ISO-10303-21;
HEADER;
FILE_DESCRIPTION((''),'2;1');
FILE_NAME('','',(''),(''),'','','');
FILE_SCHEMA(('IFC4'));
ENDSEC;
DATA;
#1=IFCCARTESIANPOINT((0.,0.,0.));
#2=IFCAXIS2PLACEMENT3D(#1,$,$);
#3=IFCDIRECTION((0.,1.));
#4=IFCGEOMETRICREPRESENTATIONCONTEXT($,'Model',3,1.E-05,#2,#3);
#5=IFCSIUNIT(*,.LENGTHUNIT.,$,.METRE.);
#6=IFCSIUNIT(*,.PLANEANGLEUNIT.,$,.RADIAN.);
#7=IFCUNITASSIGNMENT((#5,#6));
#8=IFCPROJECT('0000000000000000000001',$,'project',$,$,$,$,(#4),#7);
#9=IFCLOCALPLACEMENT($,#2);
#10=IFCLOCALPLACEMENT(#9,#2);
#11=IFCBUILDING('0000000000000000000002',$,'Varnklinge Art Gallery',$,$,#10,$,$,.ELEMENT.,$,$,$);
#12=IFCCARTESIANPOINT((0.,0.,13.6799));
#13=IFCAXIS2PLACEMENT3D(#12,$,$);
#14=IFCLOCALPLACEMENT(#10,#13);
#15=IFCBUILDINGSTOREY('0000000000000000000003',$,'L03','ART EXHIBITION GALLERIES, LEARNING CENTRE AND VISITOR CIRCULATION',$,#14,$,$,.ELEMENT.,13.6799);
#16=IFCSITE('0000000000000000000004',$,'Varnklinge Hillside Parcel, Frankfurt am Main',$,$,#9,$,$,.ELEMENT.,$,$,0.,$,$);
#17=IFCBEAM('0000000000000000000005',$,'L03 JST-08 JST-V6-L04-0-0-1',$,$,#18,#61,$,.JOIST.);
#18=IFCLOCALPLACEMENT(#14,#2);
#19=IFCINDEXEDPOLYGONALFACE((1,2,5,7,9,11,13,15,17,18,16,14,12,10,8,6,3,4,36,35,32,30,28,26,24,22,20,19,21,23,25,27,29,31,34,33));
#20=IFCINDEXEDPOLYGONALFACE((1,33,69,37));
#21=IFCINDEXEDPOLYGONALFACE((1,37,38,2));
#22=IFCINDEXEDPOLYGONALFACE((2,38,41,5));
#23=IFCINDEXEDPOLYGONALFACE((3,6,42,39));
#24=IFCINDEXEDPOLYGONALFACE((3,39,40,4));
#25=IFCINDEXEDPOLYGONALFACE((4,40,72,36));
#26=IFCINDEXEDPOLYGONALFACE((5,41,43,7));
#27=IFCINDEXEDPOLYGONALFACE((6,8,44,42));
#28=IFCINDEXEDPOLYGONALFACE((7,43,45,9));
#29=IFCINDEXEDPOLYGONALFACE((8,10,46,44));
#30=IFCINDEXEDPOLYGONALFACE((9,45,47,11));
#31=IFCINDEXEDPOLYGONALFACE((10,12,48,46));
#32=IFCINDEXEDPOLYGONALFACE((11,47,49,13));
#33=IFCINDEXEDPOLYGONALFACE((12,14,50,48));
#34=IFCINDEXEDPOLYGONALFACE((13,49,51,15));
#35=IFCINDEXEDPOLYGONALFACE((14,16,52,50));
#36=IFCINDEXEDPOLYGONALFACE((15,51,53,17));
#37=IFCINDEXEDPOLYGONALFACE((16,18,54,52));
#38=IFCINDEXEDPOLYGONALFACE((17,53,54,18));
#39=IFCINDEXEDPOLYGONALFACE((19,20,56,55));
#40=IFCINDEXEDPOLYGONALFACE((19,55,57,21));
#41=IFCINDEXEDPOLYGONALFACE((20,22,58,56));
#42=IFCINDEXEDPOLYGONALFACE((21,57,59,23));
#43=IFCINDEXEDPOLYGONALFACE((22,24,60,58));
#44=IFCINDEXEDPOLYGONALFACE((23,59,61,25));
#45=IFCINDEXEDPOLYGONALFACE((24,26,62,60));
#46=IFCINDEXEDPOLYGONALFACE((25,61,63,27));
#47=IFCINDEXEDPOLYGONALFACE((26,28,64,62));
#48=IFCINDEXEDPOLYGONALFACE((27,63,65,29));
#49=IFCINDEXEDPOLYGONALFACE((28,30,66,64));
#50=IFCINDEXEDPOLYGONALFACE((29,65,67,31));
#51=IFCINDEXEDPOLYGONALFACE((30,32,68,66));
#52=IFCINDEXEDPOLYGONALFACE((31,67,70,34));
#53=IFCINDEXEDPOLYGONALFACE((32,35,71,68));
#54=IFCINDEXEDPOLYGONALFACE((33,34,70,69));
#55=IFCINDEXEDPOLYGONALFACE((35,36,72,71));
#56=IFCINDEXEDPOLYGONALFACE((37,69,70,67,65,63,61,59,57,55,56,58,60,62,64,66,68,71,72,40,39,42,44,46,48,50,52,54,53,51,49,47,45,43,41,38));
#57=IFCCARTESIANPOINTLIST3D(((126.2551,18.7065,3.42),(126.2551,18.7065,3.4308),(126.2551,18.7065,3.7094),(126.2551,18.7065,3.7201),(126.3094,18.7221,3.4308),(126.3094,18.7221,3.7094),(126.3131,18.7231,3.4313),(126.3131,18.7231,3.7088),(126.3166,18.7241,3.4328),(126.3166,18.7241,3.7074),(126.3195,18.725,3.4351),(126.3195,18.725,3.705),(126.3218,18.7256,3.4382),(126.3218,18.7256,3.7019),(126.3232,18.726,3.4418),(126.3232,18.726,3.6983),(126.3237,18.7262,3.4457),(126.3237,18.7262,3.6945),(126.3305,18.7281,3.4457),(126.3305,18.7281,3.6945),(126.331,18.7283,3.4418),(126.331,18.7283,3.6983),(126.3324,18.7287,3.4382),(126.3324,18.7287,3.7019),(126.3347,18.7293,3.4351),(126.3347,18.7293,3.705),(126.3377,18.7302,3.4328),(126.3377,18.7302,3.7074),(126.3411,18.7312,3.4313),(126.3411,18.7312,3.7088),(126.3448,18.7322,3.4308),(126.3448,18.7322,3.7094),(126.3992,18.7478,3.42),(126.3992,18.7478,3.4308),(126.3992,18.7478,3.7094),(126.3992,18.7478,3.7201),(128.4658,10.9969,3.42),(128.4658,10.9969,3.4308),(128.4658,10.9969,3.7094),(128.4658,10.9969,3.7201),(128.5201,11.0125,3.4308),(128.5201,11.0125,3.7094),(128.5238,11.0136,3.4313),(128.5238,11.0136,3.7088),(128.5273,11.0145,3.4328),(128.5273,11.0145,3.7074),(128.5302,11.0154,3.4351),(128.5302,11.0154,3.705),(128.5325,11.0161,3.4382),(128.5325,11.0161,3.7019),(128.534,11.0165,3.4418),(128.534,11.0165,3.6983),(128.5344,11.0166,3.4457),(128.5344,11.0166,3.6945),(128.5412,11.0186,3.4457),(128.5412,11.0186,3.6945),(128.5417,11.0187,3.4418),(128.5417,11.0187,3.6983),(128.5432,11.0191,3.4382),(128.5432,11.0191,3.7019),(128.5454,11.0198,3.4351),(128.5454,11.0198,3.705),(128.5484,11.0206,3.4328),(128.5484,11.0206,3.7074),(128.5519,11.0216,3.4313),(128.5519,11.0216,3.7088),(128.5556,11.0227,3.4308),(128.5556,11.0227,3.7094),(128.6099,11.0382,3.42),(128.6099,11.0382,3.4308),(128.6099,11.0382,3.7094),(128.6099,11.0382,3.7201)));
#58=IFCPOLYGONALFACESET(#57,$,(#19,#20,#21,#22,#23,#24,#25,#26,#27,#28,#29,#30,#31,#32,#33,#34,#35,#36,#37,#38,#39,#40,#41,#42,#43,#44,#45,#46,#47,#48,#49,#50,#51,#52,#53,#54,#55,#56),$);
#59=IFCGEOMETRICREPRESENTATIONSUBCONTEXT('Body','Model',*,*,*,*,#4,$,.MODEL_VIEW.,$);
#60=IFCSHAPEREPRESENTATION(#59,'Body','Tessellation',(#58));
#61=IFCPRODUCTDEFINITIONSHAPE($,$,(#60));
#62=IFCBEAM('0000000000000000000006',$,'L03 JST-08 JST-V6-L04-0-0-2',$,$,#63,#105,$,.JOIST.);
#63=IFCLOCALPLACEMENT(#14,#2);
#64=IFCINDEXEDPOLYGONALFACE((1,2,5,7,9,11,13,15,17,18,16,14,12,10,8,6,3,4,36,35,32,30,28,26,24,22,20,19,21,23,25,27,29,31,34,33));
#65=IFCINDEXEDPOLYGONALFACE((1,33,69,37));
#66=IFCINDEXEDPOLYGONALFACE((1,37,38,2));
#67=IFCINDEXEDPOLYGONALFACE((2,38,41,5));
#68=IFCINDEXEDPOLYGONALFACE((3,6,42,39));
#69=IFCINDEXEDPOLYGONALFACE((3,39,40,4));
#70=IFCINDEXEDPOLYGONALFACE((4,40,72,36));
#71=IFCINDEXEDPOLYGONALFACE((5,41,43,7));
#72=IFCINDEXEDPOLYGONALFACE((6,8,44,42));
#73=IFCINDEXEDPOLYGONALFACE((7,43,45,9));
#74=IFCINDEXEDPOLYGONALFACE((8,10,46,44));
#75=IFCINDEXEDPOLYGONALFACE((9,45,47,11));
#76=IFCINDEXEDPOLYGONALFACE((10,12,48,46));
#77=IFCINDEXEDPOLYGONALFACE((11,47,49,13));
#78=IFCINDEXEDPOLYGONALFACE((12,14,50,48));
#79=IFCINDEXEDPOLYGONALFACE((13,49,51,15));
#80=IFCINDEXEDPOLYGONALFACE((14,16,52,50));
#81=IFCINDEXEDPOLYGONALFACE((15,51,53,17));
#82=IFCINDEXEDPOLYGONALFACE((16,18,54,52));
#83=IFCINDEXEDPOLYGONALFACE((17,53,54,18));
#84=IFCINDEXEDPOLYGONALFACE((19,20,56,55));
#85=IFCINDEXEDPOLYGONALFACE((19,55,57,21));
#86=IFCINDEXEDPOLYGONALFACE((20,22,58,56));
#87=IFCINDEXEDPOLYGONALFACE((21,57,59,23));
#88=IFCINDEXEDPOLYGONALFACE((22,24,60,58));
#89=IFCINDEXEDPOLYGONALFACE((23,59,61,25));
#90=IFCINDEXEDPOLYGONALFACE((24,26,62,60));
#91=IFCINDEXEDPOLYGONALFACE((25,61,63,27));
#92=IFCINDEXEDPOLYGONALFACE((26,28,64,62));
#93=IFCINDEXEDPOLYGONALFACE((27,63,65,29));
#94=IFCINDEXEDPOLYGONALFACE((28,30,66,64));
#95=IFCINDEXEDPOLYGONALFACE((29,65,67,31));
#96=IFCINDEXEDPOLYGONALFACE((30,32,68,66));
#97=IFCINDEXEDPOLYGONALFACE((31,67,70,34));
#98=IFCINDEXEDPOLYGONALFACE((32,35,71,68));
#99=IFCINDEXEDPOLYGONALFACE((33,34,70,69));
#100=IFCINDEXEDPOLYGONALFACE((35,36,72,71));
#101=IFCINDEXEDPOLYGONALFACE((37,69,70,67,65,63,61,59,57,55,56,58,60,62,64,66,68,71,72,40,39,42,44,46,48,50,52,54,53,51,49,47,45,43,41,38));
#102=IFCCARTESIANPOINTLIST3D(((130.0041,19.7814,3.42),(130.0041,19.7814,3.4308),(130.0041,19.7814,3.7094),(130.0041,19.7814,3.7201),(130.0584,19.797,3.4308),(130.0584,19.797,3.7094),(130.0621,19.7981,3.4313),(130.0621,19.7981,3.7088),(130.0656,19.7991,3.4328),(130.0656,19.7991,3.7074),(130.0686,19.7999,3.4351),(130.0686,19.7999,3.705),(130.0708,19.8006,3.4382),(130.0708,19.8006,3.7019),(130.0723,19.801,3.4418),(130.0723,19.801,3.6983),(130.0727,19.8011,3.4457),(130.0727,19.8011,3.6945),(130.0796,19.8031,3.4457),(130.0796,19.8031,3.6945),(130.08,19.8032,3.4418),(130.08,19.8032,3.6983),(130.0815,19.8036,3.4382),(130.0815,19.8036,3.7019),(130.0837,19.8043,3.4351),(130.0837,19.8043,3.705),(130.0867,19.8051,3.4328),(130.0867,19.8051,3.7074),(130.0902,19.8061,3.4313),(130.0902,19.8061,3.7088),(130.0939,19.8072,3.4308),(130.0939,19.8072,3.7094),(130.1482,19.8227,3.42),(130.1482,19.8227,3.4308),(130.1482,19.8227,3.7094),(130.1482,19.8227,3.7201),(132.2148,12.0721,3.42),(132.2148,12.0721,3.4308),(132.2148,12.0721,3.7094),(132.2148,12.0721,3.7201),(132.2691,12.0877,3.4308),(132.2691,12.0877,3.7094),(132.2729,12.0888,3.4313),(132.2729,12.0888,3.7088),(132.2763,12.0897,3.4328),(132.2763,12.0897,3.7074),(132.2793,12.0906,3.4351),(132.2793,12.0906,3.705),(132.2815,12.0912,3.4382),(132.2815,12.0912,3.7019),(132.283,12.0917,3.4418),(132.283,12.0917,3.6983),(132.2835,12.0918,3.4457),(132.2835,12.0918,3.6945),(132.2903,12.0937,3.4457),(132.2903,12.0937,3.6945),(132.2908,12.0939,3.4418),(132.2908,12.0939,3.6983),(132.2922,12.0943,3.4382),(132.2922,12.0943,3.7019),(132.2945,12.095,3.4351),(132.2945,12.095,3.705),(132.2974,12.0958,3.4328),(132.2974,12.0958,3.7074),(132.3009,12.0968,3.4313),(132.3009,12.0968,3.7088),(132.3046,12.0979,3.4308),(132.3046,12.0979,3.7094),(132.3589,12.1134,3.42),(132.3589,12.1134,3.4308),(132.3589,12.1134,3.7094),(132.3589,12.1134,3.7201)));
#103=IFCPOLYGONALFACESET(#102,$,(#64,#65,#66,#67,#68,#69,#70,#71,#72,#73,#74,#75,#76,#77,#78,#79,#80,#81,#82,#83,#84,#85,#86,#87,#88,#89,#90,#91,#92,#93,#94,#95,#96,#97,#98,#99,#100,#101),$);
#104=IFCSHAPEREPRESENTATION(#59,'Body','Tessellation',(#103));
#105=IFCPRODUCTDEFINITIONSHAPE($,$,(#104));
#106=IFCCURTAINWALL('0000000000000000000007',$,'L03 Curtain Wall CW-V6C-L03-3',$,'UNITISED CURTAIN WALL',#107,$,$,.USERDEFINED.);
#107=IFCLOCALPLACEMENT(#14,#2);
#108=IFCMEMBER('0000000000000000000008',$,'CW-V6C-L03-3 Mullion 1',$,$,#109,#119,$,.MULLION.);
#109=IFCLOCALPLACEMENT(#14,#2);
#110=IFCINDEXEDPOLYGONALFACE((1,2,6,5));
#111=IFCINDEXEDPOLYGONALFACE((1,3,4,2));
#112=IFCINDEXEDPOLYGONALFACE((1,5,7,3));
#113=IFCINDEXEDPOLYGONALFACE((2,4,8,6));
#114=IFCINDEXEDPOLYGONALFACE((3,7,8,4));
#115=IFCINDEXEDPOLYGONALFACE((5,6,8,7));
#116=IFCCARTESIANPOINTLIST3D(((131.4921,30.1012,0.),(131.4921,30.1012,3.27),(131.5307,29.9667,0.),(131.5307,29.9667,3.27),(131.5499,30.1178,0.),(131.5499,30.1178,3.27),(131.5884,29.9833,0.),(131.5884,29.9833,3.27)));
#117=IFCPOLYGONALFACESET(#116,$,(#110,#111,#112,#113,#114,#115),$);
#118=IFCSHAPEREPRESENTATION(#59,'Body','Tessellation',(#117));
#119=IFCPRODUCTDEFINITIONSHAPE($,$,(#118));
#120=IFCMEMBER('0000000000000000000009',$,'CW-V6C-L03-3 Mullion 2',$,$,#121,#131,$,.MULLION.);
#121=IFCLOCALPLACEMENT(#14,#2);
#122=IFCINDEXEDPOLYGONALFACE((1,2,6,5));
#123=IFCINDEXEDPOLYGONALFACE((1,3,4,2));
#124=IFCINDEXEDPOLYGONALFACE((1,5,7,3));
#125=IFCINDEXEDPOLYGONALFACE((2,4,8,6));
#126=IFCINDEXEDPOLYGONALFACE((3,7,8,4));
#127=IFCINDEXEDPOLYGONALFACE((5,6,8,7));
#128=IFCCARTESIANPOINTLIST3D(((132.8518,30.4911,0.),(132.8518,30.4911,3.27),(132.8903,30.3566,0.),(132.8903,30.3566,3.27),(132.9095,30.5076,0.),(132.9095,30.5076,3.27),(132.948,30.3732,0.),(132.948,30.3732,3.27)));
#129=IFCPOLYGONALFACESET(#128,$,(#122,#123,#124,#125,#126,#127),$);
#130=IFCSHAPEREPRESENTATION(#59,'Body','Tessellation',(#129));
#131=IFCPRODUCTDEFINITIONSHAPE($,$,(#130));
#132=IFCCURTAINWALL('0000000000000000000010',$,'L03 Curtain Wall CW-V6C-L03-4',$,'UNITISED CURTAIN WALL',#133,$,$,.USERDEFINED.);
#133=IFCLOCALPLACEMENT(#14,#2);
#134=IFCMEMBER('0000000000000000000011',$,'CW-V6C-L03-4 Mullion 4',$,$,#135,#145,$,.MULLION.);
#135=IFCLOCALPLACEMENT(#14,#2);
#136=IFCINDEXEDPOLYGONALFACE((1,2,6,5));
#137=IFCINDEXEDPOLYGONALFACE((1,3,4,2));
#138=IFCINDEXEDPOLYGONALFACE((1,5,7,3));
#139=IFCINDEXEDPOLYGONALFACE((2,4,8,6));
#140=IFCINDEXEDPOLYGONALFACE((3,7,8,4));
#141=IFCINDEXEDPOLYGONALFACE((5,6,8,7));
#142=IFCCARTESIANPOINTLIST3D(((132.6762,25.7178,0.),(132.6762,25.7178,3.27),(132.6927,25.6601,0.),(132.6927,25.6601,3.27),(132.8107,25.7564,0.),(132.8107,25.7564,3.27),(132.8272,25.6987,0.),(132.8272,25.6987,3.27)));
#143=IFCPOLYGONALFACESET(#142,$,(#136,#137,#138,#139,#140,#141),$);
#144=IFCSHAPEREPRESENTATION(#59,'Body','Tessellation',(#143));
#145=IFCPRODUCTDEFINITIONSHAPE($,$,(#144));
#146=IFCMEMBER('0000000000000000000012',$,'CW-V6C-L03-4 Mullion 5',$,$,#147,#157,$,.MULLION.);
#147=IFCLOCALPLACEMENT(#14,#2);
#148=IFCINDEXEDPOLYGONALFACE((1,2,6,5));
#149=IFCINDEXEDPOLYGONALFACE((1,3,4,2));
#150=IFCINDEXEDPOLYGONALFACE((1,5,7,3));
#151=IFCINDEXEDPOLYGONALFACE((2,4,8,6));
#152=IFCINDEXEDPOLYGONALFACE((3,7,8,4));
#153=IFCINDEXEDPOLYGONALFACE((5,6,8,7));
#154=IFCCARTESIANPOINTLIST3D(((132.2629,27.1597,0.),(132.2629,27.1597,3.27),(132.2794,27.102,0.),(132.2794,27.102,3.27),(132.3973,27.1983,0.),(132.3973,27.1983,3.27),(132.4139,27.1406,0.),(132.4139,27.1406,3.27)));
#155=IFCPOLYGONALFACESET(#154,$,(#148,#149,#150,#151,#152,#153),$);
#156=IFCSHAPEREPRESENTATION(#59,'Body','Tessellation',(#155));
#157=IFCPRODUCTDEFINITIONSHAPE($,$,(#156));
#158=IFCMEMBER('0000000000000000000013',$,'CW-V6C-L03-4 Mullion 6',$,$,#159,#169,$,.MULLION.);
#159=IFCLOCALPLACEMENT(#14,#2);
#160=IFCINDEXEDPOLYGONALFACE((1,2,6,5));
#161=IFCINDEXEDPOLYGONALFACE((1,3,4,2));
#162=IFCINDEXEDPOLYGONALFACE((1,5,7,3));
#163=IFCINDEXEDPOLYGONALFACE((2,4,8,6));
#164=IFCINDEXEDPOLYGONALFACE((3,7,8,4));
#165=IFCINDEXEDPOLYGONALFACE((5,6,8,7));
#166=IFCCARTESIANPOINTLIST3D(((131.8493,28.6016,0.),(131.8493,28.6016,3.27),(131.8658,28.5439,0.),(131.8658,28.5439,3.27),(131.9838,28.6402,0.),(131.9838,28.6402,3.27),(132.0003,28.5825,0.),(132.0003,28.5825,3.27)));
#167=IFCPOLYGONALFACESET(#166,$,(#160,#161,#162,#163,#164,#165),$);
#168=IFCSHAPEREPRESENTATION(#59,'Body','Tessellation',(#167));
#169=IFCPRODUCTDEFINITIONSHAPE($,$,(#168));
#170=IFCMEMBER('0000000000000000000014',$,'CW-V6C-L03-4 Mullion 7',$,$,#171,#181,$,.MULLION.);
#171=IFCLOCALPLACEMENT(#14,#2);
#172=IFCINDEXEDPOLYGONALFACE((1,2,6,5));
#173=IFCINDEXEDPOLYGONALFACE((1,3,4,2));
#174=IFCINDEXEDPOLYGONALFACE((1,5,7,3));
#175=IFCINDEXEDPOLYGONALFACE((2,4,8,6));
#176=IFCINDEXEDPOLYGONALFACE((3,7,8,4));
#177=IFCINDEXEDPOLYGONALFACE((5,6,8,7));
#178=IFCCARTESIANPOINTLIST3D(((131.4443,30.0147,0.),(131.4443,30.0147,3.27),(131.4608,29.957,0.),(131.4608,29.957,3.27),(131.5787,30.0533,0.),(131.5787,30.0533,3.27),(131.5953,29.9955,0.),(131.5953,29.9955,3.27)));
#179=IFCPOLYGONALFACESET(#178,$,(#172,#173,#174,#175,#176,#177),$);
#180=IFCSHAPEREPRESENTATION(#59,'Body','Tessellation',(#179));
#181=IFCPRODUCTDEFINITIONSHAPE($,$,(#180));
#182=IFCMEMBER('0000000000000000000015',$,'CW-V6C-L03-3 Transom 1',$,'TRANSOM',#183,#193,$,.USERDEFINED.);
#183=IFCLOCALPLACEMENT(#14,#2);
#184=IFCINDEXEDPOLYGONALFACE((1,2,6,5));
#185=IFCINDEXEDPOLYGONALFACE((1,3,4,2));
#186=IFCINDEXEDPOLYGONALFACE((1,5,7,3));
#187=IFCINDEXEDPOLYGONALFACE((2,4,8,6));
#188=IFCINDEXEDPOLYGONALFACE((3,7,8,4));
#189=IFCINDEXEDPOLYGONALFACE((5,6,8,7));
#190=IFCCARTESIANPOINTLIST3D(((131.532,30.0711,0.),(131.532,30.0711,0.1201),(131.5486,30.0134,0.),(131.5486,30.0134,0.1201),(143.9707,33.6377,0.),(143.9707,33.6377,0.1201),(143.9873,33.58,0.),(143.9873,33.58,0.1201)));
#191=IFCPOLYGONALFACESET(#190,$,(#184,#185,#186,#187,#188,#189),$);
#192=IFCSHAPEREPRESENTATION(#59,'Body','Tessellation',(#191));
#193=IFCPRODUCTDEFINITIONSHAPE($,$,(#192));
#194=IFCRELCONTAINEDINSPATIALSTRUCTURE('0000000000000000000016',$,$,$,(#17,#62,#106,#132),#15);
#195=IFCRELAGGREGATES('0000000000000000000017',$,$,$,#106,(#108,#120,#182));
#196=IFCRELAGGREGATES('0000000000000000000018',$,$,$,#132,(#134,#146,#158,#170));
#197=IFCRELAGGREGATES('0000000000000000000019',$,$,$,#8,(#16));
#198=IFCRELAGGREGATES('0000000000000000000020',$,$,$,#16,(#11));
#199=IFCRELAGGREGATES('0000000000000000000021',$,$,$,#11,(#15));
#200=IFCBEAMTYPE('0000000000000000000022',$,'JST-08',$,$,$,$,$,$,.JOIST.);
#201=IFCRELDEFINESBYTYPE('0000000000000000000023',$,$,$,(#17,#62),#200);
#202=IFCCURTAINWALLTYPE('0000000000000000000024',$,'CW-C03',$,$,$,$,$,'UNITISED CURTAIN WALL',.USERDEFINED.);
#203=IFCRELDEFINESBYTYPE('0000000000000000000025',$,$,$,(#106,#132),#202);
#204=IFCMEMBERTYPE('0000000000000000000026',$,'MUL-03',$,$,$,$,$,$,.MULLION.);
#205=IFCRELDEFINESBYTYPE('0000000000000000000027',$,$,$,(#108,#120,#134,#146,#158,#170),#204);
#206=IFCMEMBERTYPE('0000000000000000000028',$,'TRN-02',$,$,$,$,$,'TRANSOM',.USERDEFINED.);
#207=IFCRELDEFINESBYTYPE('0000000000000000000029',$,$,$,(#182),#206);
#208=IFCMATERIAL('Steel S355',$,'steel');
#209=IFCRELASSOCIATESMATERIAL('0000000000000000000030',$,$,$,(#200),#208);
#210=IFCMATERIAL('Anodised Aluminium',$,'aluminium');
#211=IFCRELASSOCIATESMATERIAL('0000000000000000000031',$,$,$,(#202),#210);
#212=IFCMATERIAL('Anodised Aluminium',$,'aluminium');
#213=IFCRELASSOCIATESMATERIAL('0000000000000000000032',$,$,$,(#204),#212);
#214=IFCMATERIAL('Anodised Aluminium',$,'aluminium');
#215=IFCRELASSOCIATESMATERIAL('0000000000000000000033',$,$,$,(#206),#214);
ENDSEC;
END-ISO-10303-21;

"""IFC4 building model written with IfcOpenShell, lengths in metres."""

from ifc_helpers import new_model, si_unit, direction, frame, origin, origin_2d, place, context, subcontext, project, spatial, rectangle, i_section, extrude, material, material_profile, profile_set, type_object, element, aggregate, save


model = new_model("IFC4")

# Units and contexts
model_context = context("Model", 3, precision=1e-05, world=origin(), true_north=direction((0.0, 1.0)))
body_context = subcontext(model_context, "Body", "Model", "MODEL_VIEW")
ifc_project = project(units=[si_unit("LENGTHUNIT", "METRE"), si_unit("PLANEANGLEUNIT", "RADIAN")], contexts=[model_context])

# Site, building, storey
site_placement = place(None, origin())
site = spatial("IfcSite", under=ifc_project, at=site_placement, Name="Varnklinge Hillside Parcel, Frankfurt am Main", CompositionType="ELEMENT", RefElevation=0.0)
building_placement = place(site_placement, origin())
building = spatial("IfcBuilding", under=site, at=building_placement, Name="Varnklinge Art Gallery", CompositionType="ELEMENT")
storey_placement = place(building_placement, frame((0.0, 0.0, 13.6799)))
storey = spatial("IfcBuildingStorey", under=building, at=storey_placement, Name="L03", Description="ART EXHIBITION GALLERIES, LEARNING CENTRE AND VISITOR CIRCULATION", CompositionType="ELEMENT", Elevation=13.6799)

# Beams
ifc_material_1 = material(Name="Steel S355", Category="steel")
ifc_material_profile_1 = material_profile(ifc_material_1, i_section(OverallWidth=0.1499, OverallDepth=0.3, WebThickness=0.0071, FlangeThickness=0.0107, FilletRadius=0.0149, at=origin_2d()), Name="IPE 300")
ifc_profile_set_1 = profile_set([ifc_material_profile_1], Name="Steel S355")
beam_type_1 = type_object("IfcBeamType", Name="JST-08", PredefinedType="JOIST", material=ifc_profile_set_1)
beam_1_placement = place(storey_placement, frame((128.5378, 11.0176, 3.5701), z_axis=(-0.275642, 0.96126, 0.0), x_axis=(-0.96126, -0.275642, 0.0)))
element("IfcBeam", 1, at=beam_1_placement, inside=storey, type_object=beam_type_1, Name="L03 JST-08 JST-V6-L04-0-0-1", PredefinedType="JOIST", context=body_context, shape_type="SweptSolid", body=[
    extrude(i_section(OverallWidth=0.1499, OverallDepth=0.3, WebThickness=0.0071, FlangeThickness=0.0107, FilletRadius=0.0149, at=origin_2d()), origin(), (0.0, 0.0, 1.0), 8.0203),
])
beam_2_placement = place(storey_placement, frame((132.2869, 12.0928, 3.5701), z_axis=(-0.27565, 0.961258, 0.0), x_axis=(-0.961258, -0.27565, 0.0)))
element("IfcBeam", 2, at=beam_2_placement, inside=storey, type_object=beam_type_1, Name="L03 JST-08 JST-V6-L04-0-0-2", PredefinedType="JOIST", context=body_context, shape_type="SweptSolid", body=[
    extrude(i_section(OverallWidth=0.1499, OverallDepth=0.3, WebThickness=0.0071, FlangeThickness=0.0107, FilletRadius=0.0149, at=origin_2d()), origin(), (0.0, 0.0, 1.0), 8.02),
])

# Curtain walls, members
ifc_material_2 = material(Name="Anodised Aluminium", Category="aluminium")
curtain_wall_type = type_object("IfcCurtainWallType", Name="CW-C03", ElementType="UNITISED CURTAIN WALL", PredefinedType="USERDEFINED", material=ifc_material_2)
curtain_wall_1_placement = place(storey_placement, origin())
curtain_wall_1 = element("IfcCurtainWall", 3, at=curtain_wall_1_placement, inside=storey, type_object=curtain_wall_type, Name="L03 Curtain Wall CW-V6C-L03-3", ObjectType="UNITISED CURTAIN WALL", PredefinedType="USERDEFINED")
ifc_material_3 = material(Name="Anodised Aluminium", Category="aluminium")
ifc_material_profile_2 = material_profile(ifc_material_3, rectangle(XDim=0.0601, YDim=0.1399, at=origin_2d()), Name="ALU 60x140")
ifc_profile_set_2 = profile_set([ifc_material_profile_2], Name="Anodised Aluminium")
member_type_1 = type_object("IfcMemberType", Name="MUL-03", PredefinedType="MULLION", material=ifc_profile_set_2)
member_1_placement = place(storey_placement, frame((131.5403, 30.0422, 0.0), z_axis=(0.0, 0.0, 1.0), x_axis=(0.961262, 0.275637, 0.0)))
member_1 = element("IfcMember", 4, at=member_1_placement, type_object=member_type_1, Name="CW-V6C-L03-3 Mullion 1", PredefinedType="MULLION", context=body_context, shape_type="SweptSolid", body=[
    extrude(rectangle(XDim=0.0601, YDim=0.1399, at=origin_2d()), origin(), (0.0, 0.0, 1.0), 3.27),
])
member_2_placement = place(storey_placement, frame((132.8999, 30.4321, 0.0), z_axis=(0.0, 0.0, 1.0), x_axis=(0.961262, 0.275637, 0.0)))
member_2 = element("IfcMember", 5, at=member_2_placement, type_object=member_type_1, Name="CW-V6C-L03-3 Mullion 2", PredefinedType="MULLION", context=body_context, shape_type="SweptSolid", body=[
    extrude(rectangle(XDim=0.0601, YDim=0.1399, at=origin_2d()), origin(), (0.0, 0.0, 1.0), 3.27),
])
curtain_wall_2_placement = place(storey_placement, origin())
curtain_wall_2 = element("IfcCurtainWall", 6, at=curtain_wall_2_placement, inside=storey, type_object=curtain_wall_type, Name="L03 Curtain Wall CW-V6C-L03-4", ObjectType="UNITISED CURTAIN WALL", PredefinedType="USERDEFINED")
member_3_placement = place(storey_placement, frame((132.7517, 25.7083, 0.0), z_axis=(0.0, 0.0, 1.0), x_axis=(-0.275637, 0.961262, 0.0)))
member_3 = element("IfcMember", 7, at=member_3_placement, type_object=member_type_1, Name="CW-V6C-L03-4 Mullion 4", PredefinedType="MULLION", context=body_context, shape_type="SweptSolid", body=[
    extrude(rectangle(XDim=0.0601, YDim=0.1399, at=origin_2d()), origin(), (0.0, 0.0, 1.0), 3.27),
])
member_4_placement = place(storey_placement, frame((132.3384, 27.1501, 0.0), z_axis=(0.0, 0.0, 1.0), x_axis=(-0.275637, 0.961262, 0.0)))
member_4 = element("IfcMember", 8, at=member_4_placement, type_object=member_type_1, Name="CW-V6C-L03-4 Mullion 5", PredefinedType="MULLION", context=body_context, shape_type="SweptSolid", body=[
    extrude(rectangle(XDim=0.0601, YDim=0.1399, at=origin_2d()), origin(), (0.0, 0.0, 1.0), 3.27),
])
member_5_placement = place(storey_placement, frame((131.9248, 28.592, 0.0), z_axis=(0.0, 0.0, 1.0), x_axis=(-0.275637, 0.961262, 0.0)))
member_5 = element("IfcMember", 9, at=member_5_placement, type_object=member_type_1, Name="CW-V6C-L03-4 Mullion 6", PredefinedType="MULLION", context=body_context, shape_type="SweptSolid", body=[
    extrude(rectangle(XDim=0.0601, YDim=0.1399, at=origin_2d()), origin(), (0.0, 0.0, 1.0), 3.27),
])
member_6_placement = place(storey_placement, frame((131.5198, 30.0051, 0.0), z_axis=(0.0, 0.0, 1.0), x_axis=(-0.275637, 0.961262, 0.0)))
member_6 = element("IfcMember", 10, at=member_6_placement, type_object=member_type_1, Name="CW-V6C-L03-4 Mullion 7", PredefinedType="MULLION", context=body_context, shape_type="SweptSolid", body=[
    extrude(rectangle(XDim=0.0601, YDim=0.1399, at=origin_2d()), origin(), (0.0, 0.0, 1.0), 3.27),
])

# Member
ifc_material_4 = material(Name="Anodised Aluminium", Category="aluminium")
ifc_material_profile_3 = material_profile(ifc_material_4, rectangle(XDim=0.0601, YDim=0.1201, at=origin_2d()), Name="ALU 60x120")
ifc_profile_set_3 = profile_set([ifc_material_profile_3], Name="Anodised Aluminium")
member_type_2 = type_object("IfcMemberType", Name="TRN-02", ElementType="TRANSOM", PredefinedType="USERDEFINED", material=ifc_profile_set_3)
member_7_placement = place(storey_placement, frame((131.5403, 30.0422, 0.0601), z_axis=(0.961264, 0.275631, 0.0), x_axis=(-0.275631, 0.961264, 0.0)))
member_7 = element("IfcMember", 11, at=member_7_placement, type_object=member_type_2, Name="CW-V6C-L03-3 Transom 1", ObjectType="TRANSOM", PredefinedType="USERDEFINED", context=body_context, shape_type="SweptSolid", body=[
    extrude(rectangle(XDim=0.0601, YDim=0.1201, at=origin_2d()), origin(), (0.0, 0.0, 1.0), 12.9399),
])

aggregate(curtain_wall_1, [member_1, member_2, member_7])
aggregate(curtain_wall_2, [member_3, member_4, member_5, member_6])

save(model, "model.ifc")
